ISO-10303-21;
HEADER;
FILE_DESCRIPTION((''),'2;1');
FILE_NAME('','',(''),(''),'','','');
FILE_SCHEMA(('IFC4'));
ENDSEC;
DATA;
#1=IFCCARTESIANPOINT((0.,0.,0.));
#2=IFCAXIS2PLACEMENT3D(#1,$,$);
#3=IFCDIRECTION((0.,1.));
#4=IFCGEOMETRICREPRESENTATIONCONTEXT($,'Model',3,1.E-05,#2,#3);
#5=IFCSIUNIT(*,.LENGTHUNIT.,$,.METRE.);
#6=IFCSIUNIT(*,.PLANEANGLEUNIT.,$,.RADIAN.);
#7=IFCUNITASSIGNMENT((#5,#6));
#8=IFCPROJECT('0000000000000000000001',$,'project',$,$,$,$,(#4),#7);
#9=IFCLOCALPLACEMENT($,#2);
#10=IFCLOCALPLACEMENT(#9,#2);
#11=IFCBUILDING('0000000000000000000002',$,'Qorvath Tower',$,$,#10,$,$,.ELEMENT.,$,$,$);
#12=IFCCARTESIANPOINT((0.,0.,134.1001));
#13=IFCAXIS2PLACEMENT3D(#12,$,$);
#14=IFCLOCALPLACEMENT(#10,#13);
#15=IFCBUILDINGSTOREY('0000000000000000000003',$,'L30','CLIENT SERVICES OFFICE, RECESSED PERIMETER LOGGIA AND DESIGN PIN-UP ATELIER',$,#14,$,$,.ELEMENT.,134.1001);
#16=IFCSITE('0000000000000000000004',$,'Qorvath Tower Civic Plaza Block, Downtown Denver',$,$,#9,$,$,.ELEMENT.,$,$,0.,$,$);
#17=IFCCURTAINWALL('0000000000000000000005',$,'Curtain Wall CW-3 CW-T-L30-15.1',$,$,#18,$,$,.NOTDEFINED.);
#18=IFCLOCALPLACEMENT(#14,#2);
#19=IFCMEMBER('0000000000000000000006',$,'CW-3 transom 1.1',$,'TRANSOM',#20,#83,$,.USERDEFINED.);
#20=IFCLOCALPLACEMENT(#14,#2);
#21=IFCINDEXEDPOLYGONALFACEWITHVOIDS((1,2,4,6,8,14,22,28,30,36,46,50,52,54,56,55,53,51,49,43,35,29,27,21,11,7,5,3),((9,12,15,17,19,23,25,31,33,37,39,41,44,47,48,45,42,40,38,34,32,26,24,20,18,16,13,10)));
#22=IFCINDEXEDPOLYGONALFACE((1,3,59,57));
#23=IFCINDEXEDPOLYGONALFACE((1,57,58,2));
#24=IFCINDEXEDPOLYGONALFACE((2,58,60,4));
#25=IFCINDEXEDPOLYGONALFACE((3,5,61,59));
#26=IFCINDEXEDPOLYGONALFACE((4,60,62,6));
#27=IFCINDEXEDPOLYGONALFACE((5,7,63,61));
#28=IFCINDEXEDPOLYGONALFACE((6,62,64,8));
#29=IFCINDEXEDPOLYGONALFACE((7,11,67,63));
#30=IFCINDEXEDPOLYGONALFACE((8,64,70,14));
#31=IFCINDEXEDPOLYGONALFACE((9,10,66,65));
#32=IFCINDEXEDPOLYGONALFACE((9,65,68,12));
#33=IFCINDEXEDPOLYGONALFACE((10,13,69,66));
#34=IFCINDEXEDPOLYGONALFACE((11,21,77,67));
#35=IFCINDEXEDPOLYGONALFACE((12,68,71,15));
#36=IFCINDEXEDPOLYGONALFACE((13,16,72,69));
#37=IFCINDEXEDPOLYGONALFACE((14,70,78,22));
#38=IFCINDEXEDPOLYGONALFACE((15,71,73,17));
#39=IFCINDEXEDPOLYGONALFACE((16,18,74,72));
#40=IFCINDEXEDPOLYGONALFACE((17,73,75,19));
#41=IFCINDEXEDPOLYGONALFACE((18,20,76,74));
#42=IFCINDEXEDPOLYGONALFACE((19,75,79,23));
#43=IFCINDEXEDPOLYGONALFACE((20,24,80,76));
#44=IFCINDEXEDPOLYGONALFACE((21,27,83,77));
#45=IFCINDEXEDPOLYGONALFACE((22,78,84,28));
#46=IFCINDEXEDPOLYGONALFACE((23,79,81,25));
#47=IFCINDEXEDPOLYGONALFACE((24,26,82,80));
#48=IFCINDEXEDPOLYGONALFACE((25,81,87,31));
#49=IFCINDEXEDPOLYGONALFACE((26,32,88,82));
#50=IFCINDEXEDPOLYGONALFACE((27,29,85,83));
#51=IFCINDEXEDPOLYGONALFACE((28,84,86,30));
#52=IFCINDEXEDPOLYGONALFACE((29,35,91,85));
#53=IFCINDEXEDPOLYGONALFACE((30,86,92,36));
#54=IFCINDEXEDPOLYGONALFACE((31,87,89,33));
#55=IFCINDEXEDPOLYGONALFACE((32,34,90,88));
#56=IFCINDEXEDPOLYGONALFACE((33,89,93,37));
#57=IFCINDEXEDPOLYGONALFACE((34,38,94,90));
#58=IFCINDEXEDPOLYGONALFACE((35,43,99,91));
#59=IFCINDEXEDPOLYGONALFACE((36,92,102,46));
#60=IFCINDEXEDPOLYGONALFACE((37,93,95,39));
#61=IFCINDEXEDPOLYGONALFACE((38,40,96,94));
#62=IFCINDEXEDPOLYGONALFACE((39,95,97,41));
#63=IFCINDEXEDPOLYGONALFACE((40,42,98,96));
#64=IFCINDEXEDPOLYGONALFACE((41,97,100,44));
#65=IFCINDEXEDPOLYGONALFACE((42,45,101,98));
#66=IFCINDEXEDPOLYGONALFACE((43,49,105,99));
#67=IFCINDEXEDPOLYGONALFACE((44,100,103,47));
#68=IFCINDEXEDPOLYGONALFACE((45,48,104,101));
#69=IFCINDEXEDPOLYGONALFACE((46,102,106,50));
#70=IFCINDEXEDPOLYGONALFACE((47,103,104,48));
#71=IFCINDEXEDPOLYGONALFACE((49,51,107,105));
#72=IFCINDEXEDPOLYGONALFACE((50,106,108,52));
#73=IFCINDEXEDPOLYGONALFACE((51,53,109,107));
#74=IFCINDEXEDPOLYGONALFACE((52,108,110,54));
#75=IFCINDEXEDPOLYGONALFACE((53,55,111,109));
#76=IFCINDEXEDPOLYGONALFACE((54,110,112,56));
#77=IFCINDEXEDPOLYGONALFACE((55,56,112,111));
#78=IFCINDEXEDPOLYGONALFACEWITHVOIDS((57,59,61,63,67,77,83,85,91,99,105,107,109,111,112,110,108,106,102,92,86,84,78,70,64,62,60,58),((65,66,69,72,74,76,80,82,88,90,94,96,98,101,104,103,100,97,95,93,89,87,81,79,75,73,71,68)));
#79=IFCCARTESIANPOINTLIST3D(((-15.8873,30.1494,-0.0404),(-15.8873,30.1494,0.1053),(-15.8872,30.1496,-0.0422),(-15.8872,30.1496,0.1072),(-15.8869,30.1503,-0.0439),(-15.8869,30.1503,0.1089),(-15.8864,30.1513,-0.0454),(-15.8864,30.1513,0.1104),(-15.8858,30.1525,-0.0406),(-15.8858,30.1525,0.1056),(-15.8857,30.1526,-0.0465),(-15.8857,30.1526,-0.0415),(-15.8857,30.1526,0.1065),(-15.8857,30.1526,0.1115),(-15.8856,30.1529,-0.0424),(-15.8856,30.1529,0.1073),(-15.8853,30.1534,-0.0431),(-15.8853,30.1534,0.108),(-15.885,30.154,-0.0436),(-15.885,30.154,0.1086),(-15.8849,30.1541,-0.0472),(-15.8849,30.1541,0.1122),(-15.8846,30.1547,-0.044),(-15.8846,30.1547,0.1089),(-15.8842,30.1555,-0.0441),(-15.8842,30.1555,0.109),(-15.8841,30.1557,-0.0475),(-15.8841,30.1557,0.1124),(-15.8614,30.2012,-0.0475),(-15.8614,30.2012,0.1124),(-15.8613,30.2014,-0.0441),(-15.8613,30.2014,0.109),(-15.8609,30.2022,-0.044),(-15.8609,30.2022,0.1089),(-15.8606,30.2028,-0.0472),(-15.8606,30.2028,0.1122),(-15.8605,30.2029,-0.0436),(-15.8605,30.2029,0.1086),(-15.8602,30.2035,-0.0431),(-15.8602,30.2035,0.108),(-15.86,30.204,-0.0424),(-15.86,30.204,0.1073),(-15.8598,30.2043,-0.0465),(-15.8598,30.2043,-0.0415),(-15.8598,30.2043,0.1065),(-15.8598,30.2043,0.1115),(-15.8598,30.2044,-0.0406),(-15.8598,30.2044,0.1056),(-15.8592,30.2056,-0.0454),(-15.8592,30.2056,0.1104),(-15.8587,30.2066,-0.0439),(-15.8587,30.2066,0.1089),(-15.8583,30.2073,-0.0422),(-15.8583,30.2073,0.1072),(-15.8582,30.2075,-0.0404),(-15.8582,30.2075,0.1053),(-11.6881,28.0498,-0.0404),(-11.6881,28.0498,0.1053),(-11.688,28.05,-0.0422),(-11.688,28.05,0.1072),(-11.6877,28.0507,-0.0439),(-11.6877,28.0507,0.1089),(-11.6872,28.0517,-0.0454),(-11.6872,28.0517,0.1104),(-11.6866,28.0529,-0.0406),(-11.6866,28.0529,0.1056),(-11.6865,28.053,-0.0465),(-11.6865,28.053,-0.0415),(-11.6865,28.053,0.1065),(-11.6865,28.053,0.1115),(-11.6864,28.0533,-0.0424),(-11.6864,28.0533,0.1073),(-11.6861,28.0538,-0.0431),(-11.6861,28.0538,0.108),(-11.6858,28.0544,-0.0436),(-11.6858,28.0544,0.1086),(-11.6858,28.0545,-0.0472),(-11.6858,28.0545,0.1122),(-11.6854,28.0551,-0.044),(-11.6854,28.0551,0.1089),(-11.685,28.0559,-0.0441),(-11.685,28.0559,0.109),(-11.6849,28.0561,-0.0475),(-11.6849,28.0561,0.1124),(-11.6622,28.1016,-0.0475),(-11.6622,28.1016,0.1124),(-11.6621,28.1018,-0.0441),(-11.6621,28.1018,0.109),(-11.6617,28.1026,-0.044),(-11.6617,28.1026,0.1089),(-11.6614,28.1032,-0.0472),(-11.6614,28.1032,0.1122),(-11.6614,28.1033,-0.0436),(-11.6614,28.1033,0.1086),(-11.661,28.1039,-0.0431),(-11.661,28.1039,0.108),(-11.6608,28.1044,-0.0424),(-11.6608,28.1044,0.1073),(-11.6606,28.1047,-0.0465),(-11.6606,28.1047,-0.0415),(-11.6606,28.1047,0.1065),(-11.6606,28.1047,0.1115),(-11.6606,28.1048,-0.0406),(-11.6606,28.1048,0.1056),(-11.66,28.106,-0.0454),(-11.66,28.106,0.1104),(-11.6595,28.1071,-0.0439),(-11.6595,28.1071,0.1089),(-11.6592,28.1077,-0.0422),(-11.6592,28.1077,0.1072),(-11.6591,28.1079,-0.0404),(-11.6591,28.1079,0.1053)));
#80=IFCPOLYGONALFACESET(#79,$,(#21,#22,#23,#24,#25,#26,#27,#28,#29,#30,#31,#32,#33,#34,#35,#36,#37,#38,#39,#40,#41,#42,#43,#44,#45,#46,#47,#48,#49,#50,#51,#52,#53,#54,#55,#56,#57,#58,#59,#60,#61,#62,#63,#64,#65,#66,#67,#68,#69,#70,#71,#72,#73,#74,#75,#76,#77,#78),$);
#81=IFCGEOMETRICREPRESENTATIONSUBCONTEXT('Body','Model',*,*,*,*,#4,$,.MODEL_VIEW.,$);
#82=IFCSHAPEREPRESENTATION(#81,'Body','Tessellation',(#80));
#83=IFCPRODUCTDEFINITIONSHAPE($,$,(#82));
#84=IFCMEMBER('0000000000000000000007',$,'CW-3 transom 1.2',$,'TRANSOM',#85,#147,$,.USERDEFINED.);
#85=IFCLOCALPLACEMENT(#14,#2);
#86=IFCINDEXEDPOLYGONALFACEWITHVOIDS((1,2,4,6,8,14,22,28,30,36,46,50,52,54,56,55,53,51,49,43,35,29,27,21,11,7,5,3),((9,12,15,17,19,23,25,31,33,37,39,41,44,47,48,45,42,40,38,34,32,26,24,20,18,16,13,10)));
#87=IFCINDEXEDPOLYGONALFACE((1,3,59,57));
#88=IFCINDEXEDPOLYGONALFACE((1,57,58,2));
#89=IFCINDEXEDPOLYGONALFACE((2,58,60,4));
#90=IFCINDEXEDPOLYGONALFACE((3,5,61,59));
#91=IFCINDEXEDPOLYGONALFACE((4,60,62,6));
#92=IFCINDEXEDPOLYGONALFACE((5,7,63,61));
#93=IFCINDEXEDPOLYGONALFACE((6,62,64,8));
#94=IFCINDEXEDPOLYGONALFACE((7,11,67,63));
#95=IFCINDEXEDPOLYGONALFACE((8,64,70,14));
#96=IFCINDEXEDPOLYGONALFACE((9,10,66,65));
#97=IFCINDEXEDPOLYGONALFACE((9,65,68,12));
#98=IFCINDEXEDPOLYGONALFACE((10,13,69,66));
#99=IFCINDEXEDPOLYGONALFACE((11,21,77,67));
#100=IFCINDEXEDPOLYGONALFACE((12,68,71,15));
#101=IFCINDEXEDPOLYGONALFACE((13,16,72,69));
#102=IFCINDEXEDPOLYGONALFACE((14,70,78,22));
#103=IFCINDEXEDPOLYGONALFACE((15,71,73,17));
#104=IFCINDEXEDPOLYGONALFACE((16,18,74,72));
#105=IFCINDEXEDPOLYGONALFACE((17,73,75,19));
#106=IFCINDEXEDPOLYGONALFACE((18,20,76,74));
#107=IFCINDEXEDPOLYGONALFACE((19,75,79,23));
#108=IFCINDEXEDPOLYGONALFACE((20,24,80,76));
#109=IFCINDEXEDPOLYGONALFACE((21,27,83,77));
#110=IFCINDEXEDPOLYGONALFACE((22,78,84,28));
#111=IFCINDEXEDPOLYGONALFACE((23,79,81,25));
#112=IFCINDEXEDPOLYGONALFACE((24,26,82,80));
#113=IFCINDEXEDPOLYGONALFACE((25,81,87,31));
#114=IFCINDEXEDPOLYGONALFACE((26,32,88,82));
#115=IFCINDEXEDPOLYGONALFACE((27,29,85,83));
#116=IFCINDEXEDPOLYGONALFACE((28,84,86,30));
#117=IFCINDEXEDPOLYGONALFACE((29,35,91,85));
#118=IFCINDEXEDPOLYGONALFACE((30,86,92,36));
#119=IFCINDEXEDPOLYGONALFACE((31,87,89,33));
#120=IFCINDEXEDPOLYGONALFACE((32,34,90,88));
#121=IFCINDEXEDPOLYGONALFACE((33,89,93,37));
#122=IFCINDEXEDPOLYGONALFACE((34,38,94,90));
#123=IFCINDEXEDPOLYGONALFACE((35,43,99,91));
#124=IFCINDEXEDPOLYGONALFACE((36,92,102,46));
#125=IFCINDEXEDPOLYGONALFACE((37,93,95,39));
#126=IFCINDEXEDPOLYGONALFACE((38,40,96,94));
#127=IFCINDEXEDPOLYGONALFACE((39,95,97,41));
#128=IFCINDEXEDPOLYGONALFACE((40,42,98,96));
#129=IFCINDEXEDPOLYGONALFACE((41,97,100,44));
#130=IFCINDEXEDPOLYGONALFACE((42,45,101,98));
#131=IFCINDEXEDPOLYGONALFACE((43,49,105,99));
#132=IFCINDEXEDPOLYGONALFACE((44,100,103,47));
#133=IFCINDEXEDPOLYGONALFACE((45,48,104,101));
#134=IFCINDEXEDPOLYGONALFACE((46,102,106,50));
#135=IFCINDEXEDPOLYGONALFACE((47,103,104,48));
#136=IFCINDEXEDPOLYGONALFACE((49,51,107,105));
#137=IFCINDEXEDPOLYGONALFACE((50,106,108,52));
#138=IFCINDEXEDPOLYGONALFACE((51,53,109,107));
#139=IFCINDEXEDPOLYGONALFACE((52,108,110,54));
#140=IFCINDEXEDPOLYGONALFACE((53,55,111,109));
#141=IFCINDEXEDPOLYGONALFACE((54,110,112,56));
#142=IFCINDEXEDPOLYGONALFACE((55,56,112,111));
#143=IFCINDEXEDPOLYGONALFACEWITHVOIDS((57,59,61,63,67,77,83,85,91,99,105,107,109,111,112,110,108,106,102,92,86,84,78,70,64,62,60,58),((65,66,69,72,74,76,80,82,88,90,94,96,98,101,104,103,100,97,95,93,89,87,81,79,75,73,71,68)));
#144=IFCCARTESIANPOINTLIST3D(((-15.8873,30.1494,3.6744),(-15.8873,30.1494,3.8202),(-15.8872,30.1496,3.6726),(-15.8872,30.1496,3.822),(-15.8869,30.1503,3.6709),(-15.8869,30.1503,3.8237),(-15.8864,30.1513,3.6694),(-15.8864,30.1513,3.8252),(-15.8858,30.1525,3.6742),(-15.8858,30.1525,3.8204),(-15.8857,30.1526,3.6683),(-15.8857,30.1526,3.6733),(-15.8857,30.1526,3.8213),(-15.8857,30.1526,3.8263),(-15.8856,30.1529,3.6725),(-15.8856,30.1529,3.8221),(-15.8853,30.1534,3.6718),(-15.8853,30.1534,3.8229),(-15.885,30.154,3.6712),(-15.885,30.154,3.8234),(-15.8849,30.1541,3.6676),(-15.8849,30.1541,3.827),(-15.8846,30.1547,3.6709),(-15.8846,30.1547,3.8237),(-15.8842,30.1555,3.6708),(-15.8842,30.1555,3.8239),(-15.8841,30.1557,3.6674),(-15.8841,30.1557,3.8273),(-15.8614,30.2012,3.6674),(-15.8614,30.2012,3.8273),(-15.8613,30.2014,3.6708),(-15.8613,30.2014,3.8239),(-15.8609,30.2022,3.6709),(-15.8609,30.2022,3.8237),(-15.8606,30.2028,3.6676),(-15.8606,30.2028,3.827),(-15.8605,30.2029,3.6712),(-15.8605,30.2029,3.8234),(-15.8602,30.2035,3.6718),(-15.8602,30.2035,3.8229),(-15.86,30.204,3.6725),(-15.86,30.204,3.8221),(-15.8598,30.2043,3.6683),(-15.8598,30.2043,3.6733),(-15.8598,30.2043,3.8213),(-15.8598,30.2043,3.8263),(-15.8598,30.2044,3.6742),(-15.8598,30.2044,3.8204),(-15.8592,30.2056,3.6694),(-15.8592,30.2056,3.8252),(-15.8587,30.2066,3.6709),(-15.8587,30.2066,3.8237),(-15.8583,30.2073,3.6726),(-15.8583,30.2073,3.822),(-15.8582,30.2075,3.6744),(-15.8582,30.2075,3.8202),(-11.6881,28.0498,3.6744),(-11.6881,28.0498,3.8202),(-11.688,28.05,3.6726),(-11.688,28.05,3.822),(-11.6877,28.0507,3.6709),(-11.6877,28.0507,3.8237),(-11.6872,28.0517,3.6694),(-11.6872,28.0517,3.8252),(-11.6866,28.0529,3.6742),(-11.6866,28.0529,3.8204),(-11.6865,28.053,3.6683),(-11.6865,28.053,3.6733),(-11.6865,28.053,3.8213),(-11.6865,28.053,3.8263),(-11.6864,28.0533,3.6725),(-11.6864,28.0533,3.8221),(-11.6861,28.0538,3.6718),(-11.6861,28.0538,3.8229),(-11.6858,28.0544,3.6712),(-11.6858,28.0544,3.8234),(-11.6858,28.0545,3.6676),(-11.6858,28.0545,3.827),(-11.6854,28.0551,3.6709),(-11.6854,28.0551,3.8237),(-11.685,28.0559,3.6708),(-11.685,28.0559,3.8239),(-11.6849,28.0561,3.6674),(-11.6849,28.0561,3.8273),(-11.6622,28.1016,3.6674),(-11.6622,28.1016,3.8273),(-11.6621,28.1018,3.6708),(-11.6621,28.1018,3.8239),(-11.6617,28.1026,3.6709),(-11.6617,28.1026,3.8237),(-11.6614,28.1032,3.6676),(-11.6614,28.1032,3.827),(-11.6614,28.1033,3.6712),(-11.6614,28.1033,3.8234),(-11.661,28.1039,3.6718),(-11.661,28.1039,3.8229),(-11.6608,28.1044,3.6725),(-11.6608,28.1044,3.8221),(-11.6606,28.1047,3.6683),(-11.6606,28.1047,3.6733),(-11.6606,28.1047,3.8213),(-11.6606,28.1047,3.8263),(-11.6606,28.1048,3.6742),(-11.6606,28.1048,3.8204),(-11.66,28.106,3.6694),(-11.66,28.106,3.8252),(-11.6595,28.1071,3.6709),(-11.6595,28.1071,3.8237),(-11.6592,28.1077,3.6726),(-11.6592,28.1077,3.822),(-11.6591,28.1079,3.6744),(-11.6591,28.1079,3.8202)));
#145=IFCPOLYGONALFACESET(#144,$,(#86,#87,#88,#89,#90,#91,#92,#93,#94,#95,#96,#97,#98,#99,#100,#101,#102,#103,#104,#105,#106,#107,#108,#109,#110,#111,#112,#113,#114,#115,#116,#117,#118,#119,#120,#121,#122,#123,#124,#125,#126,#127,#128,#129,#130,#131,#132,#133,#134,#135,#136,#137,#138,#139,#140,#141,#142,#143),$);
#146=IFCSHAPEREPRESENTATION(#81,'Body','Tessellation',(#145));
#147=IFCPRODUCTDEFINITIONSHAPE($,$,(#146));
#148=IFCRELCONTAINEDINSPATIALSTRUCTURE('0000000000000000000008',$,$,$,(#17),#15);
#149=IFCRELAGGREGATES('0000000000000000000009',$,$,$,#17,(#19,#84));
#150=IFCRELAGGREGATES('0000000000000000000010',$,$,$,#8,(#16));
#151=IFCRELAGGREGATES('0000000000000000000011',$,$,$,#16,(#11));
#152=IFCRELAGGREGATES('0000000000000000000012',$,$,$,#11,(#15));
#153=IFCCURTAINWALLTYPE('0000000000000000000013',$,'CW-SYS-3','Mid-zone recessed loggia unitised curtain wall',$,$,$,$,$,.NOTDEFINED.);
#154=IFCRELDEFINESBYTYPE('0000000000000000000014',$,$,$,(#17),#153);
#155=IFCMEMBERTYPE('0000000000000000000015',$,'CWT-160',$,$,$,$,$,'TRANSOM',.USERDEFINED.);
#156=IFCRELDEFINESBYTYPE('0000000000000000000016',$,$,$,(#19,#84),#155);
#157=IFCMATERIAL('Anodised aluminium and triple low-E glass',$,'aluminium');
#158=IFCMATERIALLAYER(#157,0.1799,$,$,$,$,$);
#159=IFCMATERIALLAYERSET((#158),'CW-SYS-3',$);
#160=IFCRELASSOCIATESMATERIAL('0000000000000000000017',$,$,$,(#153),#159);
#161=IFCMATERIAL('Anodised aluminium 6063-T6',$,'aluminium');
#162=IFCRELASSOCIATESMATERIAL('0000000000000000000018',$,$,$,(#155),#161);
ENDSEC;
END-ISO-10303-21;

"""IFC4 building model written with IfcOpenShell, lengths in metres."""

from ifc_helpers import new_model, si_unit, direction, frame, origin, origin_2d, place, context, subcontext, project, spatial, hollow_rectangle, extrude, material, layer, layer_set, material_profile, profile_set, type_object, element, aggregate, save


model = new_model("IFC4")

# Units and contexts
model_context = context("Model", 3, precision=1e-05, world=origin(), true_north=direction((0.0, 1.0)))
body_context = subcontext(model_context, "Body", "Model", "MODEL_VIEW")
ifc_project = project(units=[si_unit("LENGTHUNIT", "METRE"), si_unit("PLANEANGLEUNIT", "RADIAN")], contexts=[model_context])

# Site, building, storey
site_placement = place(None, origin())
site = spatial("IfcSite", under=ifc_project, at=site_placement, Name="Qorvath Tower Civic Plaza Block, Downtown Denver", CompositionType="ELEMENT", RefElevation=0.0)
building_placement = place(site_placement, origin())
building = spatial("IfcBuilding", under=site, at=building_placement, Name="Qorvath Tower", CompositionType="ELEMENT")
storey_placement = place(building_placement, frame((0.0, 0.0, 134.1001)))
storey = spatial("IfcBuildingStorey", under=building, at=storey_placement, Name="L30", Description="CLIENT SERVICES OFFICE, RECESSED PERIMETER LOGGIA AND DESIGN PIN-UP ATELIER", CompositionType="ELEMENT", Elevation=134.1001)

# Curtain wall
ifc_material_1 = material(Name="Anodised aluminium and triple low-E glass", Category="aluminium")
ifc_layer_1 = layer(ifc_material_1, 0.1799)
ifc_layer_set_1 = layer_set([ifc_layer_1], Name="CW-SYS-3")
curtain_wall_type = type_object("IfcCurtainWallType", Name="CW-SYS-3", Description="Mid-zone recessed loggia unitised curtain wall", PredefinedType="NOTDEFINED", material=ifc_layer_set_1)
curtain_wall_1_placement = place(storey_placement, origin())
curtain_wall_1 = element("IfcCurtainWall", 1, at=curtain_wall_1_placement, inside=storey, type_object=curtain_wall_type, Name="Curtain Wall CW-3 CW-T-L30-15.1", PredefinedType="NOTDEFINED")

# Members
ifc_material_2 = material(Name="Anodised aluminium 6063-T6", Category="aluminium")
ifc_material_profile_1 = material_profile(ifc_material_2, hollow_rectangle(XDim=0.0649, YDim=0.1599, WallThickness=0.0034, InnerFilletRadius=0.0034, OuterFilletRadius=0.0071, at=origin_2d()), Name="CWT 160x65")
ifc_profile_set_1 = profile_set([ifc_material_profile_1], Name="Anodised aluminium 6063-T6")
member_type_1 = type_object("IfcMemberType", Name="CWT-160", ElementType="TRANSOM", PredefinedType="USERDEFINED", material=ifc_profile_set_1)
member_1_placement = place(storey_placement, frame((-11.6736, 28.0789, 0.0325), z_axis=(-0.894427, 0.447214, 0.0), x_axis=(-0.447214, -0.894427, 0.0)))
member_1 = element("IfcMember", 2, at=member_1_placement, type_object=member_type_1, Name="CW-3 transom 1.1", ObjectType="TRANSOM", PredefinedType="USERDEFINED", context=body_context, shape_type="SweptSolid", body=[
    extrude(hollow_rectangle(XDim=0.0649, YDim=0.1599, WallThickness=0.0034, InnerFilletRadius=0.0034, OuterFilletRadius=0.0071, at=origin_2d()), origin(), (0.0, 0.0, 1.0), 4.6948),
])
member_2_placement = place(storey_placement, frame((-11.6736, 28.0789, 3.7473), z_axis=(-0.894427, 0.447214, 0.0), x_axis=(-0.447214, -0.894427, 0.0)))
member_2 = element("IfcMember", 3, at=member_2_placement, type_object=member_type_1, Name="CW-3 transom 1.2", ObjectType="TRANSOM", PredefinedType="USERDEFINED", context=body_context, shape_type="SweptSolid", body=[
    extrude(hollow_rectangle(XDim=0.0649, YDim=0.1599, WallThickness=0.0034, InnerFilletRadius=0.0034, OuterFilletRadius=0.0071, at=origin_2d()), origin(), (0.0, 0.0, 1.0), 4.6948),
])

aggregate(curtain_wall_1, [member_1, member_2])

save(model, "model.ifc")
